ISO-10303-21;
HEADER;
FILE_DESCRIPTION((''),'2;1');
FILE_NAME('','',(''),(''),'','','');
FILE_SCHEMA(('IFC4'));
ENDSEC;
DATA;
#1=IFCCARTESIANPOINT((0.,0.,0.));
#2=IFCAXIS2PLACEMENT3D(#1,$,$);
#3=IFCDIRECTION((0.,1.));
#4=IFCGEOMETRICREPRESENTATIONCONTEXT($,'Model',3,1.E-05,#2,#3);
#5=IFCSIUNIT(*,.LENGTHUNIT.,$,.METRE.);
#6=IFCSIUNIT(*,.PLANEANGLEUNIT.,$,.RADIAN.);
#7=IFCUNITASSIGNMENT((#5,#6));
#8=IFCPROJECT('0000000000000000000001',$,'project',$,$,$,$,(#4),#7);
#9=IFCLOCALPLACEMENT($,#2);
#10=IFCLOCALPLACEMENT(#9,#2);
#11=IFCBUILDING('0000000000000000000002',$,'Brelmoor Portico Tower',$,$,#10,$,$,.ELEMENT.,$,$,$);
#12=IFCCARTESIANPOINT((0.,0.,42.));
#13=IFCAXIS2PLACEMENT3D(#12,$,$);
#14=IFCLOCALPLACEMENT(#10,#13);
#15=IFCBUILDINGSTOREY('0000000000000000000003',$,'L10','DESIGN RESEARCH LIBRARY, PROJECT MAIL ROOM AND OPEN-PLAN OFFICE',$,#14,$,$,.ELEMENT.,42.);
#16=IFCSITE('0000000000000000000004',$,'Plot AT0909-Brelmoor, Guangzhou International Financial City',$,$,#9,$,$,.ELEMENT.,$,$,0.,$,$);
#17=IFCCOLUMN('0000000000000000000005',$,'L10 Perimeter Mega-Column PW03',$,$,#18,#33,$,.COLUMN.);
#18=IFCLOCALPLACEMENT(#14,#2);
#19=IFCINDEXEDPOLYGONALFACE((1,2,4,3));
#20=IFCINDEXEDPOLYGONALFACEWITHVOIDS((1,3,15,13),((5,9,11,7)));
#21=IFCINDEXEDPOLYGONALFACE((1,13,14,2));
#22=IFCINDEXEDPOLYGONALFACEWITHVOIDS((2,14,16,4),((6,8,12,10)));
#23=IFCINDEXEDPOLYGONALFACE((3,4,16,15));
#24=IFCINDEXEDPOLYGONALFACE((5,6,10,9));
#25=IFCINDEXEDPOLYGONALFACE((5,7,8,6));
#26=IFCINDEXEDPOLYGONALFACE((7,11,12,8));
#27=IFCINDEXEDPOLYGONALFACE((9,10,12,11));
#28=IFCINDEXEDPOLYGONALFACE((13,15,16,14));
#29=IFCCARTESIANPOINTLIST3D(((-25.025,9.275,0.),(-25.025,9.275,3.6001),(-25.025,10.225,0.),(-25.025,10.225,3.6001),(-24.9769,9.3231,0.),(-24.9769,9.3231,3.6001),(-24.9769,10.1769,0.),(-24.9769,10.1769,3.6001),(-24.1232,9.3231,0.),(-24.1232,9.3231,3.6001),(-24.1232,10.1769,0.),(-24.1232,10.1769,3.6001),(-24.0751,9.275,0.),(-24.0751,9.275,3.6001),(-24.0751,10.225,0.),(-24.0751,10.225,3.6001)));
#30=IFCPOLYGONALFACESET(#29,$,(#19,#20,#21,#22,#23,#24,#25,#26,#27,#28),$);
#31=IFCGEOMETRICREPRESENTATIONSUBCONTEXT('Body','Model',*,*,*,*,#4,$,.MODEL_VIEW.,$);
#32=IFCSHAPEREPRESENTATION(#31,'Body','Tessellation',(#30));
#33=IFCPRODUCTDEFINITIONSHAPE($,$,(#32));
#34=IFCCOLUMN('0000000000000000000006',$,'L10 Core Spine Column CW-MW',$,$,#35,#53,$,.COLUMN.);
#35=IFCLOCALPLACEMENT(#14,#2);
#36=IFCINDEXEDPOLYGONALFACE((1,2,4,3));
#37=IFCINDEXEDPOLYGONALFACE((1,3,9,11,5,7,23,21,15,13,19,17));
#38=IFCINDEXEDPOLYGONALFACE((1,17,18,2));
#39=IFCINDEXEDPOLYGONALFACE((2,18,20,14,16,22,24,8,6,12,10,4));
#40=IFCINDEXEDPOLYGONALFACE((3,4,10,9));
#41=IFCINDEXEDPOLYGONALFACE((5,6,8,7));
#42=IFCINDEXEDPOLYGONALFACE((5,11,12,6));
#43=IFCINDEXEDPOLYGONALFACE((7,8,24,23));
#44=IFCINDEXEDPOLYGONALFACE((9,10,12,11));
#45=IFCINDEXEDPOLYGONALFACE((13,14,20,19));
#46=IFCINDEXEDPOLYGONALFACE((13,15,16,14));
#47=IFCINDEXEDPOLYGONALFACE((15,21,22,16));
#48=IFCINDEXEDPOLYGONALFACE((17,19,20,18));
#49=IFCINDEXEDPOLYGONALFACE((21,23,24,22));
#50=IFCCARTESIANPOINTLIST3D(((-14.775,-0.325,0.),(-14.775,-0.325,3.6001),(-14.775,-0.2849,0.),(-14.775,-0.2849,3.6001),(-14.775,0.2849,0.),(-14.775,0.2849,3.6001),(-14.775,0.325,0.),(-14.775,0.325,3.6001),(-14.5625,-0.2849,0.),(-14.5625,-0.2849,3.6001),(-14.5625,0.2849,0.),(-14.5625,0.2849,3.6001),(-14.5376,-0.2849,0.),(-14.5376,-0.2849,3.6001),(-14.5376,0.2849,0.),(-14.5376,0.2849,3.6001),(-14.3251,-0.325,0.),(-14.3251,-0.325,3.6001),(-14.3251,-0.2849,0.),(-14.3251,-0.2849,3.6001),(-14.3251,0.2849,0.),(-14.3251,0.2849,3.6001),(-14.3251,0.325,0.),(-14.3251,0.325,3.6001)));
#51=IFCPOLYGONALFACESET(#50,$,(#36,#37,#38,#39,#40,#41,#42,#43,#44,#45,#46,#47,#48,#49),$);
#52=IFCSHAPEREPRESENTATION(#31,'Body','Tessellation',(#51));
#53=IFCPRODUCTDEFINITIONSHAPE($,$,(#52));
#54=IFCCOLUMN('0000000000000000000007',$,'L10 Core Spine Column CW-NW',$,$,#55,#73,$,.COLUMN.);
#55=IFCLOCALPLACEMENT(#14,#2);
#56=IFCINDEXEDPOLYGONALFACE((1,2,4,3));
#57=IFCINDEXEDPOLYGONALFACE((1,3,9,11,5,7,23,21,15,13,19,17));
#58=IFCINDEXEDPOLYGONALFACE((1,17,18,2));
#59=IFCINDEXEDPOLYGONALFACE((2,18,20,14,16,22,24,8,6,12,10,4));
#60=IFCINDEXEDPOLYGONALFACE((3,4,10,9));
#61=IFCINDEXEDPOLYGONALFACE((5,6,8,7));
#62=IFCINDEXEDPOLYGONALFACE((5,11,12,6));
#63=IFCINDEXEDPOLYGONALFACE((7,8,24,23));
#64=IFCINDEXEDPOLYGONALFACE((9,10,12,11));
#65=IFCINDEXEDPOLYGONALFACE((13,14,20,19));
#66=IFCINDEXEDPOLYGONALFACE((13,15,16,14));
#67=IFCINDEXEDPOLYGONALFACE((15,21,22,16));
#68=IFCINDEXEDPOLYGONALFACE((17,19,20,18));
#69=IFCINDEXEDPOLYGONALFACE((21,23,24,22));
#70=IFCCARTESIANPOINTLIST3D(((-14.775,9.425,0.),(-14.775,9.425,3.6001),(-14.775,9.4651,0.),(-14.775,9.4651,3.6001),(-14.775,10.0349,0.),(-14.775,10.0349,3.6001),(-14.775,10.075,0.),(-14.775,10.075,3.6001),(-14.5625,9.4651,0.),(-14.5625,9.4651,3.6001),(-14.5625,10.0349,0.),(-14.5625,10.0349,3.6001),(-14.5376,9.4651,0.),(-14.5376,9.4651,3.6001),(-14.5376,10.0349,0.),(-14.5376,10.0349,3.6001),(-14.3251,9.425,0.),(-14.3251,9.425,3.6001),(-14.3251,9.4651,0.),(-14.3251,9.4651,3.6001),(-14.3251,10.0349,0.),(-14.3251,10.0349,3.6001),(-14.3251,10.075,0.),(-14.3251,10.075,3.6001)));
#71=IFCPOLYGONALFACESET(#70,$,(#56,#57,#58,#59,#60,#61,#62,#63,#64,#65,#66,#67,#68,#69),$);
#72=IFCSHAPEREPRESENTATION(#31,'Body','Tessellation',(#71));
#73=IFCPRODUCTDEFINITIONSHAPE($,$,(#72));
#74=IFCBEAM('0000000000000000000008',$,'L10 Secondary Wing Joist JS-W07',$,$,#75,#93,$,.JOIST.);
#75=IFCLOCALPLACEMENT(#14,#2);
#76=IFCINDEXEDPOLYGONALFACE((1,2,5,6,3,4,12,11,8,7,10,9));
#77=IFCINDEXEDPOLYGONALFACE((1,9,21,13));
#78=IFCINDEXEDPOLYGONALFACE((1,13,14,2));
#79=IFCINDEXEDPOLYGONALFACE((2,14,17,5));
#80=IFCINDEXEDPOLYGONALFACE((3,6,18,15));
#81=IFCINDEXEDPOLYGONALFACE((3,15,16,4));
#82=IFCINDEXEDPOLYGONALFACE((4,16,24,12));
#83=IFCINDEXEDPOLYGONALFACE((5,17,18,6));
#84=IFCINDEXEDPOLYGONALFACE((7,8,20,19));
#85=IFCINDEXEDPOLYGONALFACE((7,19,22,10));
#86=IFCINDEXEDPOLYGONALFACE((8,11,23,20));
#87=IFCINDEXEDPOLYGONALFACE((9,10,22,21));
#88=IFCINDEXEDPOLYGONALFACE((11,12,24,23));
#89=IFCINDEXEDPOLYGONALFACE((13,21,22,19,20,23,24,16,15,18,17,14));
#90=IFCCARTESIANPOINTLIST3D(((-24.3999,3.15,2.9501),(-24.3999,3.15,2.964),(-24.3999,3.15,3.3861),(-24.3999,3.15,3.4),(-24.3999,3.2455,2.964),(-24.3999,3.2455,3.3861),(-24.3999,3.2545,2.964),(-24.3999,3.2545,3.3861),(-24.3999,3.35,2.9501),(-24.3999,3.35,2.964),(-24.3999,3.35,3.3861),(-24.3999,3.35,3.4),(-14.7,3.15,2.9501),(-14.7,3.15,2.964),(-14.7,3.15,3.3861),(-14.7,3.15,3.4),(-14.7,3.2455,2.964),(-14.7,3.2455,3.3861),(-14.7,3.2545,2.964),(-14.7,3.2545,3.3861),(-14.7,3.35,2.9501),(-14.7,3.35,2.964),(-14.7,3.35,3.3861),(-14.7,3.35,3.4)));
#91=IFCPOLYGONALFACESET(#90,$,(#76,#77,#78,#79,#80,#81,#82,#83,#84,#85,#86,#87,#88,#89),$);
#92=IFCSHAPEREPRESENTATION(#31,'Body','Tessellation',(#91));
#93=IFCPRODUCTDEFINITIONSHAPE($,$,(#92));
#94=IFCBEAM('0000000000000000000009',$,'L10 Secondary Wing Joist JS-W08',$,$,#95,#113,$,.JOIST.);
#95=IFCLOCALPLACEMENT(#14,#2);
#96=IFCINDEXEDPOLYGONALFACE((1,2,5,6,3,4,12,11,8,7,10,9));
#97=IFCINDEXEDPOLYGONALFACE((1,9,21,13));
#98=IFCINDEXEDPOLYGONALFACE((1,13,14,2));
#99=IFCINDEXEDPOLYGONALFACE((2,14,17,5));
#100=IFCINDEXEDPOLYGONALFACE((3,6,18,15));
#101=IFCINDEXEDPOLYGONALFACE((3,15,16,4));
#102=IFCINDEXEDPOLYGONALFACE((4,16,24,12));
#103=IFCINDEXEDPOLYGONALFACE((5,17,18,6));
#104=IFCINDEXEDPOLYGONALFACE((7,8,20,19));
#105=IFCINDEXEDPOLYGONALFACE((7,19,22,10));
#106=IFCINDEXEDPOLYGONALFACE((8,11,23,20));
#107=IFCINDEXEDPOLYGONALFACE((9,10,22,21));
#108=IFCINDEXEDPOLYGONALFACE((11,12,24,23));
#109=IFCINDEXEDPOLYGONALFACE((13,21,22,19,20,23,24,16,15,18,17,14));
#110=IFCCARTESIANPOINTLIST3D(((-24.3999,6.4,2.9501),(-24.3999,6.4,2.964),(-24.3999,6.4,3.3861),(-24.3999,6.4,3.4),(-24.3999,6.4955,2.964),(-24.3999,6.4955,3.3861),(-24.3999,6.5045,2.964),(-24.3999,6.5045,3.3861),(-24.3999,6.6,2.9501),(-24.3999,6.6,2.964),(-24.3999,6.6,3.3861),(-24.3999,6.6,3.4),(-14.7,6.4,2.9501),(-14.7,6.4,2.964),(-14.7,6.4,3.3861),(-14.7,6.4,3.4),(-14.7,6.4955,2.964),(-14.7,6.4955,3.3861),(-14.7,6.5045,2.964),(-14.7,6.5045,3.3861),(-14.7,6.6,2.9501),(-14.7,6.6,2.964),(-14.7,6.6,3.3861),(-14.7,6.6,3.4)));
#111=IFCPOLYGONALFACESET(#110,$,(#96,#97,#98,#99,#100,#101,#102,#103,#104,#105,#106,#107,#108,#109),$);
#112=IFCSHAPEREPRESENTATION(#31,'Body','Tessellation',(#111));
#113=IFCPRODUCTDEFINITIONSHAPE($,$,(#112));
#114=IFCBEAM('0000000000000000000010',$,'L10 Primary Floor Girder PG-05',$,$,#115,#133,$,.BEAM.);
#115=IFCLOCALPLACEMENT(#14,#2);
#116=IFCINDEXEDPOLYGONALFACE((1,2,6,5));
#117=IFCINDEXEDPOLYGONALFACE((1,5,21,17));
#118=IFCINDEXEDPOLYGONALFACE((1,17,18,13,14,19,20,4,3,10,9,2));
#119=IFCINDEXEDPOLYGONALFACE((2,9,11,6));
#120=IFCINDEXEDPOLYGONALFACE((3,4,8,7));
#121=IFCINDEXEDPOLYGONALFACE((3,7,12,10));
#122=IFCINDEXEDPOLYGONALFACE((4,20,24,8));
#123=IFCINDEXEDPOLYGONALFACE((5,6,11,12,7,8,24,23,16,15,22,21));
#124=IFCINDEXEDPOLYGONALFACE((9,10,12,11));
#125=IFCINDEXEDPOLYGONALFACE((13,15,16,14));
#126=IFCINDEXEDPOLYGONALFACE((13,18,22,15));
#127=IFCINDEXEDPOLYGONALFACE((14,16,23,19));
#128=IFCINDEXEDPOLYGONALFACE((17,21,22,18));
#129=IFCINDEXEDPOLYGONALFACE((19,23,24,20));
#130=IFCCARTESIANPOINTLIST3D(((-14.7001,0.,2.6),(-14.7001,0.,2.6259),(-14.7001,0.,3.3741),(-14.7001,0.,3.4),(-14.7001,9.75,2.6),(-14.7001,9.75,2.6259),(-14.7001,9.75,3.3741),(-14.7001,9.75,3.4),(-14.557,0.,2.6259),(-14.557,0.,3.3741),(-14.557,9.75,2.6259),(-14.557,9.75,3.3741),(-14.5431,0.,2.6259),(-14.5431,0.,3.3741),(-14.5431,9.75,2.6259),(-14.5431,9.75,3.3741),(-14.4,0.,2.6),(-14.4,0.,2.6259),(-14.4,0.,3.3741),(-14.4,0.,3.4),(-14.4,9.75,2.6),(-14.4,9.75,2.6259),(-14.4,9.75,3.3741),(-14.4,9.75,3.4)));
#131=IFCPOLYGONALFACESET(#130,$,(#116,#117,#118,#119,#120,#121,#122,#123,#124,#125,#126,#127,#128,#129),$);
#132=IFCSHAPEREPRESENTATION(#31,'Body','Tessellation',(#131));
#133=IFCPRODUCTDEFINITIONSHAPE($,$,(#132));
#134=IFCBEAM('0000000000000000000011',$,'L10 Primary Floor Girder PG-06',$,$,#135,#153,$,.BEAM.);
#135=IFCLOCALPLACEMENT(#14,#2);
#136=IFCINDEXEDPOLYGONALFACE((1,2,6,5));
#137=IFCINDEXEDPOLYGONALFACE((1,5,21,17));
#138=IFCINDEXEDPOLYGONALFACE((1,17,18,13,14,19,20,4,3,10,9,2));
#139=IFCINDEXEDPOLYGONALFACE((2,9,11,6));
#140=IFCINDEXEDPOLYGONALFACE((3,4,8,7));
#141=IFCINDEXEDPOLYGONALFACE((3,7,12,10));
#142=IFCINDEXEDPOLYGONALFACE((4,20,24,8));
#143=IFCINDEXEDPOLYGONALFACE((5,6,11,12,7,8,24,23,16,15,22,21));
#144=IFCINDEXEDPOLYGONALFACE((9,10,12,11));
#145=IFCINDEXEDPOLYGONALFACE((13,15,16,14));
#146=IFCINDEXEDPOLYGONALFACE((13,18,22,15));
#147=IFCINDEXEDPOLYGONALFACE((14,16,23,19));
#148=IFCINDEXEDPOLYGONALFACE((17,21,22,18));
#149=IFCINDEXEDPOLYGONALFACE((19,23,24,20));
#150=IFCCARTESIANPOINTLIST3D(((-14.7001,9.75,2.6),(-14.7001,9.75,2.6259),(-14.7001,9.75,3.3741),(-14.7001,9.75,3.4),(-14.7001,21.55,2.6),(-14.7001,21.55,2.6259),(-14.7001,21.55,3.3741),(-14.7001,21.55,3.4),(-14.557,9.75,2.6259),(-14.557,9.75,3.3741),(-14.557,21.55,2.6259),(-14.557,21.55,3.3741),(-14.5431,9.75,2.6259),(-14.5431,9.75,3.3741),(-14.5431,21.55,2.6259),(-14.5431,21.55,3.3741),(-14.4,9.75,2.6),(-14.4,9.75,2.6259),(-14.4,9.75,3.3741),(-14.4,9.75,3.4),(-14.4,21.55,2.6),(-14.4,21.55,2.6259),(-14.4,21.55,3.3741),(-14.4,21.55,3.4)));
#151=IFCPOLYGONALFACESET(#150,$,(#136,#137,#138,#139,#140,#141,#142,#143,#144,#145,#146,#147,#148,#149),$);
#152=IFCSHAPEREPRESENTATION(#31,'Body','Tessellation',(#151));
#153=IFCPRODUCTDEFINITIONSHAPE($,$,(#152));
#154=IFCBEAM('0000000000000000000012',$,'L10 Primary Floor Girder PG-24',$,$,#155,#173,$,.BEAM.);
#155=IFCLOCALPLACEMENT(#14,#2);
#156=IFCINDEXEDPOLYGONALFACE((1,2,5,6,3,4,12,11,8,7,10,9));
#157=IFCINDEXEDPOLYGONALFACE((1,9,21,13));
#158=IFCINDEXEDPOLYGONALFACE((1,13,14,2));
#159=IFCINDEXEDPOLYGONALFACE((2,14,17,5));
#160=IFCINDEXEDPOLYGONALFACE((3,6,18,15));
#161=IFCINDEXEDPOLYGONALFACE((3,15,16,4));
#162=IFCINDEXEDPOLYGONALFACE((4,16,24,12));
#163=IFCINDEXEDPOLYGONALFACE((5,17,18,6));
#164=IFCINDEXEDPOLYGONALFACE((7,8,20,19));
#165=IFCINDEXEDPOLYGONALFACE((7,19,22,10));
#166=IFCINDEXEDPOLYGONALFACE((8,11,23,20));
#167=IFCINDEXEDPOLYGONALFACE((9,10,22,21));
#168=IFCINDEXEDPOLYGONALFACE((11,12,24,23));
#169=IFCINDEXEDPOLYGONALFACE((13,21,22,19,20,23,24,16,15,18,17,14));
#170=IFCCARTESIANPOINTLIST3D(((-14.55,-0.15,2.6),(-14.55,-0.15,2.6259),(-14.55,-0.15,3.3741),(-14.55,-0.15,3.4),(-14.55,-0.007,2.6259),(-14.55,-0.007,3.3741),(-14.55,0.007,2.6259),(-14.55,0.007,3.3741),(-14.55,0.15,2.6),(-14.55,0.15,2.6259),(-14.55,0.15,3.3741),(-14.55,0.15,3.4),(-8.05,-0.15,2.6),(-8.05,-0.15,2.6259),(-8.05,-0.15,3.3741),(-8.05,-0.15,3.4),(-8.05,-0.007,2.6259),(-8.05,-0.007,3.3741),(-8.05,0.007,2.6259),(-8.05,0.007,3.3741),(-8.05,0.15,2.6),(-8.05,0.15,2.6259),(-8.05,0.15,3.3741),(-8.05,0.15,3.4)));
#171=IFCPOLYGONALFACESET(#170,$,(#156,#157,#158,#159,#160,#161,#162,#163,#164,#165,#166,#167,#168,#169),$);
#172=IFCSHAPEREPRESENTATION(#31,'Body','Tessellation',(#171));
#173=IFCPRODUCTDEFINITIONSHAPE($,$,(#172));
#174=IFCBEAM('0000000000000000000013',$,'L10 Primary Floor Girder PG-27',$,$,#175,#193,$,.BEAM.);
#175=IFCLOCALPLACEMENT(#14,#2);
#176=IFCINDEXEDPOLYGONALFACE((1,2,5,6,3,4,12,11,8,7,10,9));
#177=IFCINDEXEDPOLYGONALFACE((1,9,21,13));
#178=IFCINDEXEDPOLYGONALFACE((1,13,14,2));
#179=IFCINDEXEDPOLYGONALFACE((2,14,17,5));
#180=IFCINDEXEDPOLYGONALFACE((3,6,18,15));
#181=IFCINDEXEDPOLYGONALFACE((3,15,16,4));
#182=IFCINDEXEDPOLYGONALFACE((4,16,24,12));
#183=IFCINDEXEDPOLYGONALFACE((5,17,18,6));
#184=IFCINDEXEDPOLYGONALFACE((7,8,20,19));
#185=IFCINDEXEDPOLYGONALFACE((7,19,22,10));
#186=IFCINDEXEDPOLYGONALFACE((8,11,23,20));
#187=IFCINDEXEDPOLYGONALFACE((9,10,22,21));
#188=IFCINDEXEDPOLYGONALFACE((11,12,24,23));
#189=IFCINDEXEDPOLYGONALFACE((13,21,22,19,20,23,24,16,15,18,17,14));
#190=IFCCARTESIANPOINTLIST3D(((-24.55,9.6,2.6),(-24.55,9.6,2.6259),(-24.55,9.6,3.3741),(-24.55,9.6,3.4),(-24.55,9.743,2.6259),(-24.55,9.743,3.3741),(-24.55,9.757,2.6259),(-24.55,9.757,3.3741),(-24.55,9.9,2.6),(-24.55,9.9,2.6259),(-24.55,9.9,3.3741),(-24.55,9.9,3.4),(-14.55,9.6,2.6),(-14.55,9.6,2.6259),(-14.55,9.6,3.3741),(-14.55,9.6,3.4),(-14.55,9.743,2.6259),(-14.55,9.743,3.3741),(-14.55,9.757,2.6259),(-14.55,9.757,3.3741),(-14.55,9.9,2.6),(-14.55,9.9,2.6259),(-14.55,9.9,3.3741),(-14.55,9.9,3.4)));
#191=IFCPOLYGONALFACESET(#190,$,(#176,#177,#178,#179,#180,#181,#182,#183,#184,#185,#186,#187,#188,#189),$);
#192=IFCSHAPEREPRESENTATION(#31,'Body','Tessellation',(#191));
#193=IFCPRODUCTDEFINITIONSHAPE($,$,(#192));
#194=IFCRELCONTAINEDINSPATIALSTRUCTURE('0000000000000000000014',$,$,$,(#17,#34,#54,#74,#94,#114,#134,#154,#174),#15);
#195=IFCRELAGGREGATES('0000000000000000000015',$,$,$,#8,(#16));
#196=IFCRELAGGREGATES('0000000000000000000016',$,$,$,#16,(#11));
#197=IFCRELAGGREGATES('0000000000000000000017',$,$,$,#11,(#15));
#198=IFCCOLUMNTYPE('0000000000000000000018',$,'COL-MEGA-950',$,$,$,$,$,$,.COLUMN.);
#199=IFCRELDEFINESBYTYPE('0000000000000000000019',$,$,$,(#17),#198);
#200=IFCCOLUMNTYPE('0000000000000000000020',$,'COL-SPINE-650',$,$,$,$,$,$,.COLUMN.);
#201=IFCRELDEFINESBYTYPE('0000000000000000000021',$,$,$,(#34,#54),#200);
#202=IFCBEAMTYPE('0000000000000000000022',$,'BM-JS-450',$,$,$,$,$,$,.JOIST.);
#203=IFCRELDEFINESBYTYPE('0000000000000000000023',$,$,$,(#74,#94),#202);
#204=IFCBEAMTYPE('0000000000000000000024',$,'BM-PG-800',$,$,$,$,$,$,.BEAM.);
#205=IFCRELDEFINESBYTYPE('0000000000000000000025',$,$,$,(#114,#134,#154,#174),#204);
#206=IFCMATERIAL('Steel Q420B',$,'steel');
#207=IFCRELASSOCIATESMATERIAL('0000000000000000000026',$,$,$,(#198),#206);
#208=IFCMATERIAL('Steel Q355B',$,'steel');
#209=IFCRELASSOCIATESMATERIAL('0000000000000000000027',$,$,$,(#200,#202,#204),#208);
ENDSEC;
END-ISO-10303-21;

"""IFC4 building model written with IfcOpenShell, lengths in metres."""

from ifc_helpers import new_model, si_unit, direction, frame, origin, origin_2d, place, context, subcontext, project, spatial, hollow_rectangle, i_section, extrude, material, material_profile, profile_set, type_object, element, save


model = new_model("IFC4")

# Units and contexts
model_context = context("Model", 3, precision=1e-05, world=origin(), true_north=direction((0.0, 1.0)))
body_context = subcontext(model_context, "Body", "Model", "MODEL_VIEW")
ifc_project = project(units=[si_unit("LENGTHUNIT", "METRE"), si_unit("PLANEANGLEUNIT", "RADIAN")], contexts=[model_context])

# Site, building, storey
site_placement = place(None, origin())
site = spatial("IfcSite", under=ifc_project, at=site_placement, Name="Plot AT0909-Brelmoor, Guangzhou International Financial City", CompositionType="ELEMENT", RefElevation=0.0)
building_placement = place(site_placement, origin())
building = spatial("IfcBuilding", under=site, at=building_placement, Name="Brelmoor Portico Tower", CompositionType="ELEMENT")
storey_placement = place(building_placement, frame((0.0, 0.0, 42.0)))
storey = spatial("IfcBuildingStorey", under=building, at=storey_placement, Name="L10", Description="DESIGN RESEARCH LIBRARY, PROJECT MAIL ROOM AND OPEN-PLAN OFFICE", CompositionType="ELEMENT", Elevation=42.0)

# Columns
ifc_material_1 = material(Name="Steel Q420B", Category="steel")
ifc_material_profile_1 = material_profile(ifc_material_1, hollow_rectangle(XDim=0.95, YDim=0.95, WallThickness=0.0481, at=origin_2d()), Name="BOX 950x950x48")
ifc_profile_set_1 = profile_set([ifc_material_profile_1], Name="Steel Q420B")
column_type_1 = type_object("IfcColumnType", Name="COL-MEGA-950", PredefinedType="COLUMN", material=ifc_profile_set_1)
column_placement = place(storey_placement, frame((-24.55, 9.75, 0.0), z_axis=(0.0, 0.0, 1.0), x_axis=(0.0, 1.0, 0.0)))
element("IfcColumn", 1, at=column_placement, inside=storey, type_object=column_type_1, Name="L10 Perimeter Mega-Column PW03", PredefinedType="COLUMN", context=body_context, shape_type="SweptSolid", body=[
    extrude(hollow_rectangle(XDim=0.95, YDim=0.95, WallThickness=0.0481, at=origin_2d()), origin(), (0.0, 0.0, 1.0), 3.6001),
])
ifc_material_2 = material(Name="Steel Q355B", Category="steel")
ifc_material_profile_2 = material_profile(ifc_material_2, i_section(OverallWidth=0.45, OverallDepth=0.6499, WebThickness=0.0249, FlangeThickness=0.04, at=origin_2d()), Name="HW 650x450x25x40")
ifc_profile_set_2 = profile_set([ifc_material_profile_2], Name="Steel Q355B")
column_type_2 = type_object("IfcColumnType", Name="COL-SPINE-650", PredefinedType="COLUMN", material=ifc_profile_set_2)
for number, where, z_axis, x_axis, name in (
    (2, (-14.55, 0.0, 0.0), (0.0, 0.0, 1.0), (1.0, 0.0, 0.0), "L10 Core Spine Column CW-MW"),
    (3, (-14.55, 9.75, 0.0), (0.0, 0.0, 1.0), (1.0, 0.0, 0.0), "L10 Core Spine Column CW-NW"),
):
    element("IfcColumn", number, at=place(storey_placement, frame(where, z_axis=z_axis, x_axis=x_axis)), inside=storey, type_object=column_type_2, Name=name, PredefinedType="COLUMN", context=body_context, shape_type="SweptSolid", body=[
        extrude(i_section(OverallWidth=0.45, OverallDepth=0.6499, WebThickness=0.0249, FlangeThickness=0.04, at=origin_2d()), origin(), (0.0, 0.0, 1.0), 3.6001),
    ])

# Beams
ifc_material_profile_3 = material_profile(ifc_material_2, i_section(OverallWidth=0.2, OverallDepth=0.45, WebThickness=0.009, FlangeThickness=0.0139, at=origin_2d()), Name="HN 450x200x9x14")
ifc_profile_set_3 = profile_set([ifc_material_profile_3], Name="Steel Q355B")
beam_type_1 = type_object("IfcBeamType", Name="BM-JS-450", PredefinedType="JOIST", material=ifc_profile_set_3)
for number, where, z_axis, x_axis, name in (
    (4, (-24.3999, 3.25, 3.175), (1.0, 0.0, 0.0), (0.0, 1.0, 0.0), "L10 Secondary Wing Joist JS-W07"),
    (5, (-24.3999, 6.5, 3.175), (1.0, 0.0, 0.0), (0.0, 1.0, 0.0), "L10 Secondary Wing Joist JS-W08"),
):
    element("IfcBeam", number, at=place(storey_placement, frame(where, z_axis=z_axis, x_axis=x_axis)), inside=storey, type_object=beam_type_1, Name=name, PredefinedType="JOIST", context=body_context, shape_type="SweptSolid", body=[
        extrude(i_section(OverallWidth=0.2, OverallDepth=0.45, WebThickness=0.009, FlangeThickness=0.0139, at=origin_2d()), origin(), (0.0, 0.0, 1.0), 9.7),
    ])
ifc_material_profile_4 = material_profile(ifc_material_2, i_section(OverallWidth=0.3, OverallDepth=0.8, WebThickness=0.0139, FlangeThickness=0.0259, at=origin_2d()), Name="HN 800x300x14x26")
ifc_profile_set_4 = profile_set([ifc_material_profile_4], Name="Steel Q355B")
beam_type_2 = type_object("IfcBeamType", Name="BM-PG-800", PredefinedType="BEAM", material=ifc_profile_set_4)
beam_1_placement = place(storey_placement, frame((-14.55, 0.0, 3.0), z_axis=(0.0, 1.0, 0.0), x_axis=(-1.0, 0.0, 0.0)))
element("IfcBeam", 6, at=beam_1_placement, inside=storey, type_object=beam_type_2, Name="L10 Primary Floor Girder PG-05", PredefinedType="BEAM", context=body_context, shape_type="SweptSolid", body=[
    extrude(i_section(OverallWidth=0.3, OverallDepth=0.8, WebThickness=0.0139, FlangeThickness=0.0259, at=origin_2d()), origin(), (0.0, 0.0, 1.0), 9.75),
])
beam_2_placement = place(storey_placement, frame((-14.55, 9.75, 3.0), z_axis=(0.0, 1.0, 0.0), x_axis=(-1.0, 0.0, 0.0)))
element("IfcBeam", 7, at=beam_2_placement, inside=storey, type_object=beam_type_2, Name="L10 Primary Floor Girder PG-06", PredefinedType="BEAM", context=body_context, shape_type="SweptSolid", body=[
    extrude(i_section(OverallWidth=0.3, OverallDepth=0.8, WebThickness=0.0139, FlangeThickness=0.0259, at=origin_2d()), origin(), (0.0, 0.0, 1.0), 11.8),
])
beam_3_placement = place(storey_placement, frame((-14.55, 0.0, 3.0), z_axis=(1.0, 0.0, 0.0), x_axis=(0.0, 1.0, 0.0)))
element("IfcBeam", 8, at=beam_3_placement, inside=storey, type_object=beam_type_2, Name="L10 Primary Floor Girder PG-24", PredefinedType="BEAM", context=body_context, shape_type="SweptSolid", body=[
    extrude(i_section(OverallWidth=0.3, OverallDepth=0.8, WebThickness=0.0139, FlangeThickness=0.0259, at=origin_2d()), origin(), (0.0, 0.0, 1.0), 6.5),
])
beam_4_placement = place(storey_placement, frame((-24.55, 9.75, 3.0), z_axis=(1.0, 0.0, 0.0), x_axis=(0.0, 1.0, 0.0)))
element("IfcBeam", 9, at=beam_4_placement, inside=storey, type_object=beam_type_2, Name="L10 Primary Floor Girder PG-27", PredefinedType="BEAM", context=body_context, shape_type="SweptSolid", body=[
    extrude(i_section(OverallWidth=0.3, OverallDepth=0.8, WebThickness=0.0139, FlangeThickness=0.0259, at=origin_2d()), origin(), (0.0, 0.0, 1.0), 10.0),
])

save(model, "model.ifc")
